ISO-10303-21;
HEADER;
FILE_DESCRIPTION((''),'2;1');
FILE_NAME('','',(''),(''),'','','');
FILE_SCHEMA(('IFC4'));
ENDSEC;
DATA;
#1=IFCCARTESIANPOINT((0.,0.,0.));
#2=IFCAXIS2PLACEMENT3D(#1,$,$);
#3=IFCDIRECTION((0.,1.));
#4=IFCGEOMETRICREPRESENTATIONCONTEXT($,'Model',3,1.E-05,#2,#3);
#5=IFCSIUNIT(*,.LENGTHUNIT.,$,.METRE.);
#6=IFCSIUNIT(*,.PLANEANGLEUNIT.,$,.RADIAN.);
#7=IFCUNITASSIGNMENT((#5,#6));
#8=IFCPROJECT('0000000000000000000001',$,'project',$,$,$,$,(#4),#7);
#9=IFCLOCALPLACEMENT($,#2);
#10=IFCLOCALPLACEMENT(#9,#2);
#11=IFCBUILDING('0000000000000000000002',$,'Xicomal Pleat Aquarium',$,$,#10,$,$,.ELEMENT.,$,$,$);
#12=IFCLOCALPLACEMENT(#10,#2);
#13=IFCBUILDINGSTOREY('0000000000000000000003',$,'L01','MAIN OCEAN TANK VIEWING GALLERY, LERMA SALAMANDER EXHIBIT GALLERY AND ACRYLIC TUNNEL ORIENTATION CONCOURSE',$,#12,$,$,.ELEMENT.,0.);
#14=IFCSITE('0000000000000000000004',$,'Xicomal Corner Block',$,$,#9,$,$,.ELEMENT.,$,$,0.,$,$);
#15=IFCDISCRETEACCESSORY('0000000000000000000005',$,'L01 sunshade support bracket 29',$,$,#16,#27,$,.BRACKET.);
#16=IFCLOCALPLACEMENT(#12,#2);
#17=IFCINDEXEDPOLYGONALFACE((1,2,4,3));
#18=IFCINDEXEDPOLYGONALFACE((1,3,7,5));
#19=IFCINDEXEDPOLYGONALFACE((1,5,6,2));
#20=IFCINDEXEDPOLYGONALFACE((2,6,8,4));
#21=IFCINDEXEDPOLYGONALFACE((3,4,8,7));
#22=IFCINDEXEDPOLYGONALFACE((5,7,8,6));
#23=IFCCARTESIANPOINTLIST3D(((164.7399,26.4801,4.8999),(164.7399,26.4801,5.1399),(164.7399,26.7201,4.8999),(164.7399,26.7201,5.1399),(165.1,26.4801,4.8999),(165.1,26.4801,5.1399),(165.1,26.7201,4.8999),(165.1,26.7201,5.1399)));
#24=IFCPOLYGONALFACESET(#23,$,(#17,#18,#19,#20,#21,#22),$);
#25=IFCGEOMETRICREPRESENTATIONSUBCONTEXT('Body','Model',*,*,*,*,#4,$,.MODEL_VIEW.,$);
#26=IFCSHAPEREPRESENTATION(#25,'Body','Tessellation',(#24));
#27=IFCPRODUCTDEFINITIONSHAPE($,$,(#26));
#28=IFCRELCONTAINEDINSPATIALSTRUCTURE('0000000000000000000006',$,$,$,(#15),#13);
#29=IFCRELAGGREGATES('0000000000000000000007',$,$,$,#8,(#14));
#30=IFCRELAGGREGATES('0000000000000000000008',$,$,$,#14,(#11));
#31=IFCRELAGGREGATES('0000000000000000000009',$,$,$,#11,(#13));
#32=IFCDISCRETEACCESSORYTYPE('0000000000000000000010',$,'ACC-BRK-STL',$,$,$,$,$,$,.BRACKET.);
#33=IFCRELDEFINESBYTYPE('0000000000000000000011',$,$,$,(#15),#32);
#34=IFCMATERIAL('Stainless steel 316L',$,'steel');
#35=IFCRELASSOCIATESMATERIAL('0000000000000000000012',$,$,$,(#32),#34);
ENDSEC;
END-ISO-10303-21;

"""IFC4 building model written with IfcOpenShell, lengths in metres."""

from ifc_helpers import new_model, si_unit, direction, frame, origin, origin_2d, place, context, subcontext, project, spatial, rectangle, extrude, material, type_object, element, save


model = new_model("IFC4")

# Units and contexts
model_context = context("Model", 3, precision=1e-05, world=origin(), true_north=direction((0.0, 1.0)))
body_context = subcontext(model_context, "Body", "Model", "MODEL_VIEW")
ifc_project = project(units=[si_unit("LENGTHUNIT", "METRE"), si_unit("PLANEANGLEUNIT", "RADIAN")], contexts=[model_context])

# Site, building, storey
site_placement = place(None, origin())
site = spatial("IfcSite", under=ifc_project, at=site_placement, Name="Xicomal Corner Block", CompositionType="ELEMENT", RefElevation=0.0)
building_placement = place(site_placement, origin())
building = spatial("IfcBuilding", under=site, at=building_placement, Name="Xicomal Pleat Aquarium", CompositionType="ELEMENT")
storey_placement = place(building_placement, origin())
storey = spatial("IfcBuildingStorey", under=building, at=storey_placement, Name="L01", Description="MAIN OCEAN TANK VIEWING GALLERY, LERMA SALAMANDER EXHIBIT GALLERY AND ACRYLIC TUNNEL ORIENTATION CONCOURSE", CompositionType="ELEMENT", Elevation=0.0)

# Discrete accessory
ifc_material_1 = material(Name="Stainless steel 316L", Category="steel")
discrete_accessory_type = type_object("IfcDiscreteAccessoryType", Name="ACC-BRK-STL", PredefinedType="BRACKET", material=ifc_material_1)
discrete_accessory_placement = place(storey_placement, frame((164.9199, 26.6001, 4.8999), z_axis=(0.0, 0.0, 1.0), x_axis=(0.0, -1.0, 0.0)))
element("IfcDiscreteAccessory", 1, at=discrete_accessory_placement, inside=storey, type_object=discrete_accessory_type, Name="L01 sunshade support bracket 29", PredefinedType="BRACKET", context=body_context, shape_type="SweptSolid", body=[
    extrude(rectangle(XDim=0.24, YDim=0.3601, at=origin_2d()), origin(), (0.0, 0.0, 1.0), 0.24),
])

save(model, "model.ifc")
